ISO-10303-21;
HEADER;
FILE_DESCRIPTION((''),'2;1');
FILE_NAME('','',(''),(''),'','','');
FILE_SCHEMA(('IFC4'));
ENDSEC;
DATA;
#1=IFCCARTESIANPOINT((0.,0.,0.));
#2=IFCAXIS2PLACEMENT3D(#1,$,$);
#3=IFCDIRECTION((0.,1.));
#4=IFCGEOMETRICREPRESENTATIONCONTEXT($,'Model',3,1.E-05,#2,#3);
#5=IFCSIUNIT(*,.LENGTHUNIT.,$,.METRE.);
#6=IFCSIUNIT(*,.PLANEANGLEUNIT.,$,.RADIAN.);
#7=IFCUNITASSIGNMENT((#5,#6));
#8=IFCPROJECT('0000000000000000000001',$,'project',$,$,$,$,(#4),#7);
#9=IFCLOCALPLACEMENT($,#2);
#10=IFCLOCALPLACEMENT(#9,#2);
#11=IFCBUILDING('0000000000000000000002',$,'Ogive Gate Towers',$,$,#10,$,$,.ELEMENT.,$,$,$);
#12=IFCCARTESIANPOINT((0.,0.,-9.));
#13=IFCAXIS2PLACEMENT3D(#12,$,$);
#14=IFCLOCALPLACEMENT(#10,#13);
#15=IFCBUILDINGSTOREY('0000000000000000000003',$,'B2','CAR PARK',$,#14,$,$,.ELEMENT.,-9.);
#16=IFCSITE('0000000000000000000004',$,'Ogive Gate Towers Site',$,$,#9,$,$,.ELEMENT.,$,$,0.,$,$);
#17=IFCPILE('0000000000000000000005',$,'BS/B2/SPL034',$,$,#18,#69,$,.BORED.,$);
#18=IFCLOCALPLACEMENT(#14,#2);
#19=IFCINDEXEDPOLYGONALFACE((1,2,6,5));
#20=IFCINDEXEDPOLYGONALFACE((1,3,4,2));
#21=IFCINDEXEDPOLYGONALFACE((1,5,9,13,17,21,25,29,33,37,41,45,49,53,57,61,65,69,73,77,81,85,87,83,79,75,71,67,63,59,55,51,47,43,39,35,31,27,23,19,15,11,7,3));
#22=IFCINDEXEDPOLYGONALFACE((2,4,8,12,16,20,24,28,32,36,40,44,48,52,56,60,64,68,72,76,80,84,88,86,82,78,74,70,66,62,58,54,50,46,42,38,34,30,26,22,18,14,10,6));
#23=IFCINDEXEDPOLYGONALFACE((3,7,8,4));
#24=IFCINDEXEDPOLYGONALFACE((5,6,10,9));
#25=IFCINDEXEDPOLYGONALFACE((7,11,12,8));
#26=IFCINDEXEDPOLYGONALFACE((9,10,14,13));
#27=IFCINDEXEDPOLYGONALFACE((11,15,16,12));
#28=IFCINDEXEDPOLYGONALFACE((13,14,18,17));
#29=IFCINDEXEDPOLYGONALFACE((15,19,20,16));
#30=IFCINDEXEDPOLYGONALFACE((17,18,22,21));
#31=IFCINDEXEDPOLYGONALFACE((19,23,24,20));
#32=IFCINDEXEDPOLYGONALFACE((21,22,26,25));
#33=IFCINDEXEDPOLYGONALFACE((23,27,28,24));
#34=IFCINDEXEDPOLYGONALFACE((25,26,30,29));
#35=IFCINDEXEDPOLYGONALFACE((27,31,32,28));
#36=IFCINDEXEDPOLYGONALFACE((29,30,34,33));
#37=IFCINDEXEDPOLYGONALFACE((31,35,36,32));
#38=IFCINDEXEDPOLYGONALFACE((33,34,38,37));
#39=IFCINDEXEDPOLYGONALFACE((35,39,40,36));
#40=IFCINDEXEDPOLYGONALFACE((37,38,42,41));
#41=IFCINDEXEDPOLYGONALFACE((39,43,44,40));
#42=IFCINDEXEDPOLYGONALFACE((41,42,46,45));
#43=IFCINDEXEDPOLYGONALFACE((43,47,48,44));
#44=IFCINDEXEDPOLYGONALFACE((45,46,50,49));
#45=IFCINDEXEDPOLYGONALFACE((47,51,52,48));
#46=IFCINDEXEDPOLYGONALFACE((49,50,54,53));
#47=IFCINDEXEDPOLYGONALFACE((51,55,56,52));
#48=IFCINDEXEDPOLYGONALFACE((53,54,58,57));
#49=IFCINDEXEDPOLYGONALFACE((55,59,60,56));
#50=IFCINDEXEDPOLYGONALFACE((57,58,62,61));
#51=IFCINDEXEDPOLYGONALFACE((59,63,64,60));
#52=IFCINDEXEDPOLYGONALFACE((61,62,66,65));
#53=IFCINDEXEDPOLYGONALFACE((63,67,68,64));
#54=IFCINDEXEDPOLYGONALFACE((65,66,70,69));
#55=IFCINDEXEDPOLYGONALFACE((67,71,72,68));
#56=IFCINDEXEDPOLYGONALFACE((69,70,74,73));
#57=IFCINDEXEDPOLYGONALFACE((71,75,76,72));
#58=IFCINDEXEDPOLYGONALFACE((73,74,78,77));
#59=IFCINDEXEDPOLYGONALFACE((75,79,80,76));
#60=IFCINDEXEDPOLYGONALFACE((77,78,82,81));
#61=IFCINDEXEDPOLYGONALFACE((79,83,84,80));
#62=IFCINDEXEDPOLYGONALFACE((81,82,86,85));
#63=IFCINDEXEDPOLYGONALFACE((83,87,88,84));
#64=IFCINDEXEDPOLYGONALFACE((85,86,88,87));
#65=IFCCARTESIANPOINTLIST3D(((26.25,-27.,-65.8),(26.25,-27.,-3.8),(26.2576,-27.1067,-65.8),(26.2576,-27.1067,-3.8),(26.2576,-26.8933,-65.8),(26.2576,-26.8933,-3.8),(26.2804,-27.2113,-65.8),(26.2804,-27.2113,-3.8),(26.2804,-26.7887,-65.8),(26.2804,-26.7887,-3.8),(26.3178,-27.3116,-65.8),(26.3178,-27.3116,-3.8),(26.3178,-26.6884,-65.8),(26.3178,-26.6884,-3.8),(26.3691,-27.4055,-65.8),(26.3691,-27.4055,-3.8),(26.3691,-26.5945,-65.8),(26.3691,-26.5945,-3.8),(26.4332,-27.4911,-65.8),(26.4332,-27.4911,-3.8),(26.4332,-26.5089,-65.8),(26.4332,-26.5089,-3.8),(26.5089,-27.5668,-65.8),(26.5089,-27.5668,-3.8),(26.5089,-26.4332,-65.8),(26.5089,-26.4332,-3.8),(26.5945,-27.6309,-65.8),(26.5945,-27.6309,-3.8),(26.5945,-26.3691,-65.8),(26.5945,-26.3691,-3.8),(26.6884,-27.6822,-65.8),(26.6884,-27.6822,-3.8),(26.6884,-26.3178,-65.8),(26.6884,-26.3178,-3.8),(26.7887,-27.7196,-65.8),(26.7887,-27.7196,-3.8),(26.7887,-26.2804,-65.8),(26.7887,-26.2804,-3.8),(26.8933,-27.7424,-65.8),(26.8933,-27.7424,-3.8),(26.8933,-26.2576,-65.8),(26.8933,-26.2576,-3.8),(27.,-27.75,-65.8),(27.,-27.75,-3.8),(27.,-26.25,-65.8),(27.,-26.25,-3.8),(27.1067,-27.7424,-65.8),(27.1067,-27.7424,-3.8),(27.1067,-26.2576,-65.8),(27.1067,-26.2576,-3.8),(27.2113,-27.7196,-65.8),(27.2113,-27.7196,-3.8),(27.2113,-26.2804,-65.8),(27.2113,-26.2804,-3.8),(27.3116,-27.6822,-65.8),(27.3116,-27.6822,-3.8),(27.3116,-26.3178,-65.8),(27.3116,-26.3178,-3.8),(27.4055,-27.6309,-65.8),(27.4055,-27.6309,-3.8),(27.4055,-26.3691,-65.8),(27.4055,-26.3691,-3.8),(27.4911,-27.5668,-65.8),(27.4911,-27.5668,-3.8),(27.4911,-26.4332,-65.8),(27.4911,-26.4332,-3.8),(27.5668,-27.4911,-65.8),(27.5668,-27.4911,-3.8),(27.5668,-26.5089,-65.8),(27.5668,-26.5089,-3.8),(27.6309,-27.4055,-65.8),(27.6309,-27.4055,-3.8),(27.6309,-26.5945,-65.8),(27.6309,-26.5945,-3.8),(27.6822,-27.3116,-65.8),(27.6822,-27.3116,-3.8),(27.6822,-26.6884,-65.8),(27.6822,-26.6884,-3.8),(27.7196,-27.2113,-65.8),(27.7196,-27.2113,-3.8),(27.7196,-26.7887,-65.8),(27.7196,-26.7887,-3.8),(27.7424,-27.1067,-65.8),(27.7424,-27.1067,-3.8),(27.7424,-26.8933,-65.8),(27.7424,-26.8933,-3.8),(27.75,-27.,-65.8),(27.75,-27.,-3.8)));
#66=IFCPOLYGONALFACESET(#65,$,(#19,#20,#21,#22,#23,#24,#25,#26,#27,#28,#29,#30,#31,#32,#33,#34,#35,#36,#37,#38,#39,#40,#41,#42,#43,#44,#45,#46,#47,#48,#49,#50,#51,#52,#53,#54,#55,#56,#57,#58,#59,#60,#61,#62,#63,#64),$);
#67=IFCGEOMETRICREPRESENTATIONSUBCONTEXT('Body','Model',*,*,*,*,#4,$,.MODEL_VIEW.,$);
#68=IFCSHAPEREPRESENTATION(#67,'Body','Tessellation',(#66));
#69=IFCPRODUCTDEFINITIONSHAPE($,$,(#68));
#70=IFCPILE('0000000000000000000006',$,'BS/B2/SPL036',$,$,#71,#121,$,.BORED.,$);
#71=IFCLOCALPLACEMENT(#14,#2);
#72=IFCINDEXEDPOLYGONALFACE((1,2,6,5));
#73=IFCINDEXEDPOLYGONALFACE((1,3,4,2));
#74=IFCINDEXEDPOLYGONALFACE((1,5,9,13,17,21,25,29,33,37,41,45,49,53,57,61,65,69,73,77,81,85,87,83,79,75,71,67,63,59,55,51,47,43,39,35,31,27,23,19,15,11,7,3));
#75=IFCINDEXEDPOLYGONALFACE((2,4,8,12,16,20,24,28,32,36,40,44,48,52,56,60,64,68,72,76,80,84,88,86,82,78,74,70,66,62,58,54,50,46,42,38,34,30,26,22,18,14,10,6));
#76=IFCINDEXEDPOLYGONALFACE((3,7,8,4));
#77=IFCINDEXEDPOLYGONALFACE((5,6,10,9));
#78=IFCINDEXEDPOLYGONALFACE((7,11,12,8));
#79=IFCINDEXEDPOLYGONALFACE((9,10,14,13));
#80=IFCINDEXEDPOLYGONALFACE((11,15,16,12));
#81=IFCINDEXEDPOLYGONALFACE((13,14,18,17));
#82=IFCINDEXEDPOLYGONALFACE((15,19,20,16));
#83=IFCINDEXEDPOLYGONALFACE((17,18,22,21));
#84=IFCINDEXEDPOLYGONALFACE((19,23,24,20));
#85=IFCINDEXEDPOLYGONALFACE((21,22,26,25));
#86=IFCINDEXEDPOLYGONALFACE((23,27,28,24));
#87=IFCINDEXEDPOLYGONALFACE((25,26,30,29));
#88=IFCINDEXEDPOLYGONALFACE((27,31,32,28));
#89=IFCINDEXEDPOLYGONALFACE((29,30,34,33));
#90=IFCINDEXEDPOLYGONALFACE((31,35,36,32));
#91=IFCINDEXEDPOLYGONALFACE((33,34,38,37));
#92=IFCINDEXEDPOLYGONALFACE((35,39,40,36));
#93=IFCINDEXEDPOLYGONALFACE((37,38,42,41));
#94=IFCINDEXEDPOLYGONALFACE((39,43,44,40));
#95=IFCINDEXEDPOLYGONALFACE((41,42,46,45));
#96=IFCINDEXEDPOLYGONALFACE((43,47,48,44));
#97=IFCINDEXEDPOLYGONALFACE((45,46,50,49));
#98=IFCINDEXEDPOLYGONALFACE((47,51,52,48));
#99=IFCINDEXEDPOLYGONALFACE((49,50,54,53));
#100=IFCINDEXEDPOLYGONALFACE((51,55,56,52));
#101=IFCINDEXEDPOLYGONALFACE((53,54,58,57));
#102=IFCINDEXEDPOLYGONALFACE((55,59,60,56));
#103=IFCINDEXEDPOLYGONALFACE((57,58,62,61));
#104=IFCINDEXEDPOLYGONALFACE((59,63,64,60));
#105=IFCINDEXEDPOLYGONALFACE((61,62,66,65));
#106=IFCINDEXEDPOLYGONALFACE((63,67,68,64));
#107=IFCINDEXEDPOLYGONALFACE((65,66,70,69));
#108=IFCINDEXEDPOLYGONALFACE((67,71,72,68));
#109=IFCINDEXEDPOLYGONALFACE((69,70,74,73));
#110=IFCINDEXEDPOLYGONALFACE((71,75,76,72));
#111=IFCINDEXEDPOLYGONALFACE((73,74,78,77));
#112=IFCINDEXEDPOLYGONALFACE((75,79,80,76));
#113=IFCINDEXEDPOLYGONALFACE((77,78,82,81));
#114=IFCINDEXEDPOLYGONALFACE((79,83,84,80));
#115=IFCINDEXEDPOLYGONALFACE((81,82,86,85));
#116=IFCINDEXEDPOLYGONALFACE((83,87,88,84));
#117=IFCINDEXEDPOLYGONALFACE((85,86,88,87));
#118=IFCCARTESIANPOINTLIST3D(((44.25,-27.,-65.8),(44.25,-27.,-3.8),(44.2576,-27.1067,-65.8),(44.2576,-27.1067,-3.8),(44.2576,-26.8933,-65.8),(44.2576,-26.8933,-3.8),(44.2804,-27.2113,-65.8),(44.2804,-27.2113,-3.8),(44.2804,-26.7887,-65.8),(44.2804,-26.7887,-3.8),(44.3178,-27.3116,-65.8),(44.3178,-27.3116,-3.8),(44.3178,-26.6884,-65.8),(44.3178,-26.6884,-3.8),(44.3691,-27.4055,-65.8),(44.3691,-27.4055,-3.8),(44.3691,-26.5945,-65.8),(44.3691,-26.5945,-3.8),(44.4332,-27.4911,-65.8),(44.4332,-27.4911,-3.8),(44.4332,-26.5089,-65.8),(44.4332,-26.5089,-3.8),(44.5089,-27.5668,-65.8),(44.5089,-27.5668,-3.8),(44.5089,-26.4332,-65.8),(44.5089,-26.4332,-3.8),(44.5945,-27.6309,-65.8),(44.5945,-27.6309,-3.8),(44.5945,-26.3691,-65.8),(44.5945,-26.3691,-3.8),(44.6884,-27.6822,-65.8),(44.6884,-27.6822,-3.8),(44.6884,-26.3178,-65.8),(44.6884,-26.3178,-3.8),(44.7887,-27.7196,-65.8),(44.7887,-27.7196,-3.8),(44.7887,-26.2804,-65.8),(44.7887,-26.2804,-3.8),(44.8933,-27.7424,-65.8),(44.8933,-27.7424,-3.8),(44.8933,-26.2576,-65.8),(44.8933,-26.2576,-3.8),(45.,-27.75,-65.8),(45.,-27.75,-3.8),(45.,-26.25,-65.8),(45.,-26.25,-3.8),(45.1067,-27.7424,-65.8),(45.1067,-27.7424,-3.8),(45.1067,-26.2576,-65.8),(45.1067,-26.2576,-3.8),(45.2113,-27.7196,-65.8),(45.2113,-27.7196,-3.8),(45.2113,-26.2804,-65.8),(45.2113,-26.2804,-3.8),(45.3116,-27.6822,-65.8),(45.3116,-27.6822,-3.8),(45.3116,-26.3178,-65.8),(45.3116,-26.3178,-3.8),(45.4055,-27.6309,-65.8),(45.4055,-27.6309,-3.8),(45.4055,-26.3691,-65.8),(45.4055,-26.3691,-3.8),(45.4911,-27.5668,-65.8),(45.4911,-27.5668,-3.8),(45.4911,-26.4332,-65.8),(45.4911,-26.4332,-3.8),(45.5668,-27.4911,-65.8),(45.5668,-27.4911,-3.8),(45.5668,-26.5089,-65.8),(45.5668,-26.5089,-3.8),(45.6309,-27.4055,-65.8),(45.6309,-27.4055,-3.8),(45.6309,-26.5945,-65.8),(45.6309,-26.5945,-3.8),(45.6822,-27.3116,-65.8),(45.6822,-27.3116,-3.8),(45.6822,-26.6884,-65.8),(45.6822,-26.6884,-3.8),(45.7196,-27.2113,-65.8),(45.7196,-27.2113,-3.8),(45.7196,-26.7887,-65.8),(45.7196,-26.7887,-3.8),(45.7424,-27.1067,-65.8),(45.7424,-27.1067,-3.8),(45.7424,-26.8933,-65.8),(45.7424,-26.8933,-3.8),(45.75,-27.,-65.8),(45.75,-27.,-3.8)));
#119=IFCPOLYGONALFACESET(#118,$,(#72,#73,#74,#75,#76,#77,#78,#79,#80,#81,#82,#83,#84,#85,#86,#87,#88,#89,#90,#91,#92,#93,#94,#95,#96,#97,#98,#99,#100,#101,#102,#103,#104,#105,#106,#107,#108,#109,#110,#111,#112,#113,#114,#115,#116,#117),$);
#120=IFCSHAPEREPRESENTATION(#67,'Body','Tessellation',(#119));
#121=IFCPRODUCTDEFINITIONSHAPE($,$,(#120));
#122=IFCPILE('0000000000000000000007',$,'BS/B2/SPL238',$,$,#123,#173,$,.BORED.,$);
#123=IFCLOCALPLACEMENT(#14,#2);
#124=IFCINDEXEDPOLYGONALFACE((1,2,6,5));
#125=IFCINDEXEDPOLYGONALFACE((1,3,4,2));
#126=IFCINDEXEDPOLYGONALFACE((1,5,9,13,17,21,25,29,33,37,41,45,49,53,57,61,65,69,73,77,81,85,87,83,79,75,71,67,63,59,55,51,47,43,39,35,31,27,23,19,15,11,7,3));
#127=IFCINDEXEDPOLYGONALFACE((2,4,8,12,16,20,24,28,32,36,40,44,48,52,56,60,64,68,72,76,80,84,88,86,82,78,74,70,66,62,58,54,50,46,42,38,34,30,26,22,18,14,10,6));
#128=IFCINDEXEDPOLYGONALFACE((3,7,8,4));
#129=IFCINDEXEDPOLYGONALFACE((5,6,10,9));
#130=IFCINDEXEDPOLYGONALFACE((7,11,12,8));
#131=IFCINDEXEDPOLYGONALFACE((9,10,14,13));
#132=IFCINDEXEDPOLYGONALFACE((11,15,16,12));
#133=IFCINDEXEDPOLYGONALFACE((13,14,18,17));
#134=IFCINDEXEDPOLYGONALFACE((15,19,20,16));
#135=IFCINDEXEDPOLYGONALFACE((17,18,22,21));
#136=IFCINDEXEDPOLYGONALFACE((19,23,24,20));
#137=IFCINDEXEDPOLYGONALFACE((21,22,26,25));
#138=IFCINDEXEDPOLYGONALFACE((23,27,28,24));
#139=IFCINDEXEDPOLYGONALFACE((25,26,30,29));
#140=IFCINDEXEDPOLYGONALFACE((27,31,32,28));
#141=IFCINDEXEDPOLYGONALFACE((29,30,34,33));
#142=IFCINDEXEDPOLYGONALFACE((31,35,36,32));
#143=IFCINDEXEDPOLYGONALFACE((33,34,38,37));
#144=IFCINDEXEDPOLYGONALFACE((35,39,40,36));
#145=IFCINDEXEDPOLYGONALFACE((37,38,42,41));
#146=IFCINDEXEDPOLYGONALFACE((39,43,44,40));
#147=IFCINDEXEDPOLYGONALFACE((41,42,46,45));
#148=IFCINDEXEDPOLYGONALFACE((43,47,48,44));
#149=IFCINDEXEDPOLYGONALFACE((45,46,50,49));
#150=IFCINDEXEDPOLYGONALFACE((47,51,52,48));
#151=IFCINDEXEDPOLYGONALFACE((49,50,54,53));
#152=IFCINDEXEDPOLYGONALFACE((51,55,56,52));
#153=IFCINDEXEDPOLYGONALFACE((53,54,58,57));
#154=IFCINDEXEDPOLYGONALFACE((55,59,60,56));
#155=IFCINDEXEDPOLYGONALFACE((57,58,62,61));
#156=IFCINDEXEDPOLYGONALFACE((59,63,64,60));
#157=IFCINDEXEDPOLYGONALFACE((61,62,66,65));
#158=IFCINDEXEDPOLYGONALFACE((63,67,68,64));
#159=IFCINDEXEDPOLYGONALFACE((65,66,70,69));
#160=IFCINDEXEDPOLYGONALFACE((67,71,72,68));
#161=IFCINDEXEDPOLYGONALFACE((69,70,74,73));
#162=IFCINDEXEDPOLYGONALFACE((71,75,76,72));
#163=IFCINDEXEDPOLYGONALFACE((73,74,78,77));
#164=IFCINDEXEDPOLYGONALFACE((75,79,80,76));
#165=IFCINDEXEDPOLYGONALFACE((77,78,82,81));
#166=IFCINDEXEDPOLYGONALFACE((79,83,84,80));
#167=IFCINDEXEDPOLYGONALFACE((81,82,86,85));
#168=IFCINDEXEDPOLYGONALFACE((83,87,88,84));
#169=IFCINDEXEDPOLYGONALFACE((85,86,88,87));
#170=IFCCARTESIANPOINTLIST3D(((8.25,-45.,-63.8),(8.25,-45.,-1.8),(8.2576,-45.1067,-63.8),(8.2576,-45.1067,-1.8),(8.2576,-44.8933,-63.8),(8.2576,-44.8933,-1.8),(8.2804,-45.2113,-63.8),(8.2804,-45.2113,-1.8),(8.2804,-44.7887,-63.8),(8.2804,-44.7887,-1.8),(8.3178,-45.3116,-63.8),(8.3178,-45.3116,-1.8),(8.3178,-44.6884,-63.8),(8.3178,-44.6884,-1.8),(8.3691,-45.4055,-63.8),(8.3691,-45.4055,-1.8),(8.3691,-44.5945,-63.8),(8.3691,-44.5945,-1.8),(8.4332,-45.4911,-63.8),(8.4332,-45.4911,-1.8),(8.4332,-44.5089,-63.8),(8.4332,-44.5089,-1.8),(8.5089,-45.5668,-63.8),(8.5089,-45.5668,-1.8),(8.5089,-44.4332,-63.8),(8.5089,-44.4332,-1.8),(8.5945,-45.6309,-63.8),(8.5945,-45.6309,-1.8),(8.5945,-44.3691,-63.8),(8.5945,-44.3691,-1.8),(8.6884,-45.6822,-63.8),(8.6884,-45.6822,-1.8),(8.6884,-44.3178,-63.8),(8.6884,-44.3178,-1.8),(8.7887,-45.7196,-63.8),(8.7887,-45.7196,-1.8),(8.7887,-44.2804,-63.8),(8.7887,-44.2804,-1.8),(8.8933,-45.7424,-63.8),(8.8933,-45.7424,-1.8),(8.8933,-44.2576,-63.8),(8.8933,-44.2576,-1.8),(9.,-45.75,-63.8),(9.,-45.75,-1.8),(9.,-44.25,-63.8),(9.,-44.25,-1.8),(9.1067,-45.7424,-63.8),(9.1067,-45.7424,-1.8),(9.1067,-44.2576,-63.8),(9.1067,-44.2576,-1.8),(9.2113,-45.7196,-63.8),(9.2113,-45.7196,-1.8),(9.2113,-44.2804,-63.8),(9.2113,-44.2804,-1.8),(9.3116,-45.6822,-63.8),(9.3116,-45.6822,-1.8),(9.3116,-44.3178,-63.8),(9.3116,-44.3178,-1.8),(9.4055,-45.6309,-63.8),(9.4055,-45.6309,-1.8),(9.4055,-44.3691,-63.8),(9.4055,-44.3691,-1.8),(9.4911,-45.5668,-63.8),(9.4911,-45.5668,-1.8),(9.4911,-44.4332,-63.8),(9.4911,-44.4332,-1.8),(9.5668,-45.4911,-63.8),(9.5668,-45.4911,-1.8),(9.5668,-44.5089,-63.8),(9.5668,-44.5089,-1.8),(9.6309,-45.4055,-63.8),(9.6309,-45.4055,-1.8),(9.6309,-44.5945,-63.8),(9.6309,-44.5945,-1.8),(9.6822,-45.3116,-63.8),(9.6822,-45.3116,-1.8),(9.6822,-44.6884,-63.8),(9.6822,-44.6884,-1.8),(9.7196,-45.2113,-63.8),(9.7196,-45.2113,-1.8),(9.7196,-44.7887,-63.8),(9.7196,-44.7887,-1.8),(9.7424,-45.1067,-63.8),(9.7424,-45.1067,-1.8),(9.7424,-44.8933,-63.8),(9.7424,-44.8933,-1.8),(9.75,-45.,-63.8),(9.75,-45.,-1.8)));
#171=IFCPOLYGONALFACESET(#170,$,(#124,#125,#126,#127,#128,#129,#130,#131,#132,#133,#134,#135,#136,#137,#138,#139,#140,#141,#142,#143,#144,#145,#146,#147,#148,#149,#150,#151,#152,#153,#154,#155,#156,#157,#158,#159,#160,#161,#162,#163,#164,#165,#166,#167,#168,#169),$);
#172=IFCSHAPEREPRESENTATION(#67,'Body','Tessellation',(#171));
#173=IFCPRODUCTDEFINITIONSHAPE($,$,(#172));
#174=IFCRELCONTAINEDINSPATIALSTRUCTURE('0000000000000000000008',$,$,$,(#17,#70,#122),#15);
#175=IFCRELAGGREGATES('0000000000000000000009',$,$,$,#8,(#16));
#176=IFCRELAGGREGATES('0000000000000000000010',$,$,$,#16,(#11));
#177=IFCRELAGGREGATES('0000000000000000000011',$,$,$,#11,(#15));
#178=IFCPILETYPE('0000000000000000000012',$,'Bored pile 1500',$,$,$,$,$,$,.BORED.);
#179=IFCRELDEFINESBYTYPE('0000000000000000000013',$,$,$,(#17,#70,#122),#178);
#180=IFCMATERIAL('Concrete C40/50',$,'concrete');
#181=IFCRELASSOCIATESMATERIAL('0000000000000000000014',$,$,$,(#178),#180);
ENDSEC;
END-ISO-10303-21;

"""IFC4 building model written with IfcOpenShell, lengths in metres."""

from ifc_helpers import new_model, si_unit, direction, frame, origin, origin_2d, place, context, subcontext, project, spatial, circle, extrude, material, material_profile, profile_set, type_object, element, save


model = new_model("IFC4")

# Units and contexts
model_context = context("Model", 3, precision=1e-05, world=origin(), true_north=direction((0.0, 1.0)))
body_context = subcontext(model_context, "Body", "Model", "MODEL_VIEW")
ifc_project = project(units=[si_unit("LENGTHUNIT", "METRE"), si_unit("PLANEANGLEUNIT", "RADIAN")], contexts=[model_context])

# Site, building, storey
site_placement = place(None, origin())
site = spatial("IfcSite", under=ifc_project, at=site_placement, Name="Ogive Gate Towers Site", CompositionType="ELEMENT", RefElevation=0.0)
building_placement = place(site_placement, origin())
building = spatial("IfcBuilding", under=site, at=building_placement, Name="Ogive Gate Towers", CompositionType="ELEMENT")
storey_placement = place(building_placement, frame((0.0, 0.0, -9.0)))
storey = spatial("IfcBuildingStorey", under=building, at=storey_placement, Name="B2", Description="CAR PARK", CompositionType="ELEMENT", Elevation=-9.0)

# Piles
ifc_material_1 = material(Name="Concrete C40/50", Category="concrete")
ifc_material_profile_1 = material_profile(ifc_material_1, circle(Radius=0.75, at=origin_2d()), Name="BP 1500")
ifc_profile_set_1 = profile_set([ifc_material_profile_1], Name="Concrete C40/50")
pile_type_1 = type_object("IfcPileType", Name="Bored pile 1500", PredefinedType="BORED", material=ifc_profile_set_1)
for number, where, z_axis, x_axis, name in (
    (1, (27.0, -27.0, -3.8), (0.0, 0.0, -1.0), (1.0, 0.0, 0.0), "BS/B2/SPL034"),
    (2, (45.0, -27.0, -3.8), (0.0, 0.0, -1.0), (1.0, 0.0, 0.0), "BS/B2/SPL036"),
    (3, (9.0, -45.0, -1.8), (0.0, 0.0, -1.0), (1.0, 0.0, 0.0), "BS/B2/SPL238"),
):
    element("IfcPile", number, at=place(storey_placement, frame(where, z_axis=z_axis, x_axis=x_axis)), inside=storey, type_object=pile_type_1, Name=name, PredefinedType="BORED", context=body_context, shape_type="SweptSolid", body=[
        extrude(circle(Radius=0.75, at=origin_2d()), origin(), (0.0, 0.0, 1.0), 62.0),
    ])

save(model, "model.ifc")
